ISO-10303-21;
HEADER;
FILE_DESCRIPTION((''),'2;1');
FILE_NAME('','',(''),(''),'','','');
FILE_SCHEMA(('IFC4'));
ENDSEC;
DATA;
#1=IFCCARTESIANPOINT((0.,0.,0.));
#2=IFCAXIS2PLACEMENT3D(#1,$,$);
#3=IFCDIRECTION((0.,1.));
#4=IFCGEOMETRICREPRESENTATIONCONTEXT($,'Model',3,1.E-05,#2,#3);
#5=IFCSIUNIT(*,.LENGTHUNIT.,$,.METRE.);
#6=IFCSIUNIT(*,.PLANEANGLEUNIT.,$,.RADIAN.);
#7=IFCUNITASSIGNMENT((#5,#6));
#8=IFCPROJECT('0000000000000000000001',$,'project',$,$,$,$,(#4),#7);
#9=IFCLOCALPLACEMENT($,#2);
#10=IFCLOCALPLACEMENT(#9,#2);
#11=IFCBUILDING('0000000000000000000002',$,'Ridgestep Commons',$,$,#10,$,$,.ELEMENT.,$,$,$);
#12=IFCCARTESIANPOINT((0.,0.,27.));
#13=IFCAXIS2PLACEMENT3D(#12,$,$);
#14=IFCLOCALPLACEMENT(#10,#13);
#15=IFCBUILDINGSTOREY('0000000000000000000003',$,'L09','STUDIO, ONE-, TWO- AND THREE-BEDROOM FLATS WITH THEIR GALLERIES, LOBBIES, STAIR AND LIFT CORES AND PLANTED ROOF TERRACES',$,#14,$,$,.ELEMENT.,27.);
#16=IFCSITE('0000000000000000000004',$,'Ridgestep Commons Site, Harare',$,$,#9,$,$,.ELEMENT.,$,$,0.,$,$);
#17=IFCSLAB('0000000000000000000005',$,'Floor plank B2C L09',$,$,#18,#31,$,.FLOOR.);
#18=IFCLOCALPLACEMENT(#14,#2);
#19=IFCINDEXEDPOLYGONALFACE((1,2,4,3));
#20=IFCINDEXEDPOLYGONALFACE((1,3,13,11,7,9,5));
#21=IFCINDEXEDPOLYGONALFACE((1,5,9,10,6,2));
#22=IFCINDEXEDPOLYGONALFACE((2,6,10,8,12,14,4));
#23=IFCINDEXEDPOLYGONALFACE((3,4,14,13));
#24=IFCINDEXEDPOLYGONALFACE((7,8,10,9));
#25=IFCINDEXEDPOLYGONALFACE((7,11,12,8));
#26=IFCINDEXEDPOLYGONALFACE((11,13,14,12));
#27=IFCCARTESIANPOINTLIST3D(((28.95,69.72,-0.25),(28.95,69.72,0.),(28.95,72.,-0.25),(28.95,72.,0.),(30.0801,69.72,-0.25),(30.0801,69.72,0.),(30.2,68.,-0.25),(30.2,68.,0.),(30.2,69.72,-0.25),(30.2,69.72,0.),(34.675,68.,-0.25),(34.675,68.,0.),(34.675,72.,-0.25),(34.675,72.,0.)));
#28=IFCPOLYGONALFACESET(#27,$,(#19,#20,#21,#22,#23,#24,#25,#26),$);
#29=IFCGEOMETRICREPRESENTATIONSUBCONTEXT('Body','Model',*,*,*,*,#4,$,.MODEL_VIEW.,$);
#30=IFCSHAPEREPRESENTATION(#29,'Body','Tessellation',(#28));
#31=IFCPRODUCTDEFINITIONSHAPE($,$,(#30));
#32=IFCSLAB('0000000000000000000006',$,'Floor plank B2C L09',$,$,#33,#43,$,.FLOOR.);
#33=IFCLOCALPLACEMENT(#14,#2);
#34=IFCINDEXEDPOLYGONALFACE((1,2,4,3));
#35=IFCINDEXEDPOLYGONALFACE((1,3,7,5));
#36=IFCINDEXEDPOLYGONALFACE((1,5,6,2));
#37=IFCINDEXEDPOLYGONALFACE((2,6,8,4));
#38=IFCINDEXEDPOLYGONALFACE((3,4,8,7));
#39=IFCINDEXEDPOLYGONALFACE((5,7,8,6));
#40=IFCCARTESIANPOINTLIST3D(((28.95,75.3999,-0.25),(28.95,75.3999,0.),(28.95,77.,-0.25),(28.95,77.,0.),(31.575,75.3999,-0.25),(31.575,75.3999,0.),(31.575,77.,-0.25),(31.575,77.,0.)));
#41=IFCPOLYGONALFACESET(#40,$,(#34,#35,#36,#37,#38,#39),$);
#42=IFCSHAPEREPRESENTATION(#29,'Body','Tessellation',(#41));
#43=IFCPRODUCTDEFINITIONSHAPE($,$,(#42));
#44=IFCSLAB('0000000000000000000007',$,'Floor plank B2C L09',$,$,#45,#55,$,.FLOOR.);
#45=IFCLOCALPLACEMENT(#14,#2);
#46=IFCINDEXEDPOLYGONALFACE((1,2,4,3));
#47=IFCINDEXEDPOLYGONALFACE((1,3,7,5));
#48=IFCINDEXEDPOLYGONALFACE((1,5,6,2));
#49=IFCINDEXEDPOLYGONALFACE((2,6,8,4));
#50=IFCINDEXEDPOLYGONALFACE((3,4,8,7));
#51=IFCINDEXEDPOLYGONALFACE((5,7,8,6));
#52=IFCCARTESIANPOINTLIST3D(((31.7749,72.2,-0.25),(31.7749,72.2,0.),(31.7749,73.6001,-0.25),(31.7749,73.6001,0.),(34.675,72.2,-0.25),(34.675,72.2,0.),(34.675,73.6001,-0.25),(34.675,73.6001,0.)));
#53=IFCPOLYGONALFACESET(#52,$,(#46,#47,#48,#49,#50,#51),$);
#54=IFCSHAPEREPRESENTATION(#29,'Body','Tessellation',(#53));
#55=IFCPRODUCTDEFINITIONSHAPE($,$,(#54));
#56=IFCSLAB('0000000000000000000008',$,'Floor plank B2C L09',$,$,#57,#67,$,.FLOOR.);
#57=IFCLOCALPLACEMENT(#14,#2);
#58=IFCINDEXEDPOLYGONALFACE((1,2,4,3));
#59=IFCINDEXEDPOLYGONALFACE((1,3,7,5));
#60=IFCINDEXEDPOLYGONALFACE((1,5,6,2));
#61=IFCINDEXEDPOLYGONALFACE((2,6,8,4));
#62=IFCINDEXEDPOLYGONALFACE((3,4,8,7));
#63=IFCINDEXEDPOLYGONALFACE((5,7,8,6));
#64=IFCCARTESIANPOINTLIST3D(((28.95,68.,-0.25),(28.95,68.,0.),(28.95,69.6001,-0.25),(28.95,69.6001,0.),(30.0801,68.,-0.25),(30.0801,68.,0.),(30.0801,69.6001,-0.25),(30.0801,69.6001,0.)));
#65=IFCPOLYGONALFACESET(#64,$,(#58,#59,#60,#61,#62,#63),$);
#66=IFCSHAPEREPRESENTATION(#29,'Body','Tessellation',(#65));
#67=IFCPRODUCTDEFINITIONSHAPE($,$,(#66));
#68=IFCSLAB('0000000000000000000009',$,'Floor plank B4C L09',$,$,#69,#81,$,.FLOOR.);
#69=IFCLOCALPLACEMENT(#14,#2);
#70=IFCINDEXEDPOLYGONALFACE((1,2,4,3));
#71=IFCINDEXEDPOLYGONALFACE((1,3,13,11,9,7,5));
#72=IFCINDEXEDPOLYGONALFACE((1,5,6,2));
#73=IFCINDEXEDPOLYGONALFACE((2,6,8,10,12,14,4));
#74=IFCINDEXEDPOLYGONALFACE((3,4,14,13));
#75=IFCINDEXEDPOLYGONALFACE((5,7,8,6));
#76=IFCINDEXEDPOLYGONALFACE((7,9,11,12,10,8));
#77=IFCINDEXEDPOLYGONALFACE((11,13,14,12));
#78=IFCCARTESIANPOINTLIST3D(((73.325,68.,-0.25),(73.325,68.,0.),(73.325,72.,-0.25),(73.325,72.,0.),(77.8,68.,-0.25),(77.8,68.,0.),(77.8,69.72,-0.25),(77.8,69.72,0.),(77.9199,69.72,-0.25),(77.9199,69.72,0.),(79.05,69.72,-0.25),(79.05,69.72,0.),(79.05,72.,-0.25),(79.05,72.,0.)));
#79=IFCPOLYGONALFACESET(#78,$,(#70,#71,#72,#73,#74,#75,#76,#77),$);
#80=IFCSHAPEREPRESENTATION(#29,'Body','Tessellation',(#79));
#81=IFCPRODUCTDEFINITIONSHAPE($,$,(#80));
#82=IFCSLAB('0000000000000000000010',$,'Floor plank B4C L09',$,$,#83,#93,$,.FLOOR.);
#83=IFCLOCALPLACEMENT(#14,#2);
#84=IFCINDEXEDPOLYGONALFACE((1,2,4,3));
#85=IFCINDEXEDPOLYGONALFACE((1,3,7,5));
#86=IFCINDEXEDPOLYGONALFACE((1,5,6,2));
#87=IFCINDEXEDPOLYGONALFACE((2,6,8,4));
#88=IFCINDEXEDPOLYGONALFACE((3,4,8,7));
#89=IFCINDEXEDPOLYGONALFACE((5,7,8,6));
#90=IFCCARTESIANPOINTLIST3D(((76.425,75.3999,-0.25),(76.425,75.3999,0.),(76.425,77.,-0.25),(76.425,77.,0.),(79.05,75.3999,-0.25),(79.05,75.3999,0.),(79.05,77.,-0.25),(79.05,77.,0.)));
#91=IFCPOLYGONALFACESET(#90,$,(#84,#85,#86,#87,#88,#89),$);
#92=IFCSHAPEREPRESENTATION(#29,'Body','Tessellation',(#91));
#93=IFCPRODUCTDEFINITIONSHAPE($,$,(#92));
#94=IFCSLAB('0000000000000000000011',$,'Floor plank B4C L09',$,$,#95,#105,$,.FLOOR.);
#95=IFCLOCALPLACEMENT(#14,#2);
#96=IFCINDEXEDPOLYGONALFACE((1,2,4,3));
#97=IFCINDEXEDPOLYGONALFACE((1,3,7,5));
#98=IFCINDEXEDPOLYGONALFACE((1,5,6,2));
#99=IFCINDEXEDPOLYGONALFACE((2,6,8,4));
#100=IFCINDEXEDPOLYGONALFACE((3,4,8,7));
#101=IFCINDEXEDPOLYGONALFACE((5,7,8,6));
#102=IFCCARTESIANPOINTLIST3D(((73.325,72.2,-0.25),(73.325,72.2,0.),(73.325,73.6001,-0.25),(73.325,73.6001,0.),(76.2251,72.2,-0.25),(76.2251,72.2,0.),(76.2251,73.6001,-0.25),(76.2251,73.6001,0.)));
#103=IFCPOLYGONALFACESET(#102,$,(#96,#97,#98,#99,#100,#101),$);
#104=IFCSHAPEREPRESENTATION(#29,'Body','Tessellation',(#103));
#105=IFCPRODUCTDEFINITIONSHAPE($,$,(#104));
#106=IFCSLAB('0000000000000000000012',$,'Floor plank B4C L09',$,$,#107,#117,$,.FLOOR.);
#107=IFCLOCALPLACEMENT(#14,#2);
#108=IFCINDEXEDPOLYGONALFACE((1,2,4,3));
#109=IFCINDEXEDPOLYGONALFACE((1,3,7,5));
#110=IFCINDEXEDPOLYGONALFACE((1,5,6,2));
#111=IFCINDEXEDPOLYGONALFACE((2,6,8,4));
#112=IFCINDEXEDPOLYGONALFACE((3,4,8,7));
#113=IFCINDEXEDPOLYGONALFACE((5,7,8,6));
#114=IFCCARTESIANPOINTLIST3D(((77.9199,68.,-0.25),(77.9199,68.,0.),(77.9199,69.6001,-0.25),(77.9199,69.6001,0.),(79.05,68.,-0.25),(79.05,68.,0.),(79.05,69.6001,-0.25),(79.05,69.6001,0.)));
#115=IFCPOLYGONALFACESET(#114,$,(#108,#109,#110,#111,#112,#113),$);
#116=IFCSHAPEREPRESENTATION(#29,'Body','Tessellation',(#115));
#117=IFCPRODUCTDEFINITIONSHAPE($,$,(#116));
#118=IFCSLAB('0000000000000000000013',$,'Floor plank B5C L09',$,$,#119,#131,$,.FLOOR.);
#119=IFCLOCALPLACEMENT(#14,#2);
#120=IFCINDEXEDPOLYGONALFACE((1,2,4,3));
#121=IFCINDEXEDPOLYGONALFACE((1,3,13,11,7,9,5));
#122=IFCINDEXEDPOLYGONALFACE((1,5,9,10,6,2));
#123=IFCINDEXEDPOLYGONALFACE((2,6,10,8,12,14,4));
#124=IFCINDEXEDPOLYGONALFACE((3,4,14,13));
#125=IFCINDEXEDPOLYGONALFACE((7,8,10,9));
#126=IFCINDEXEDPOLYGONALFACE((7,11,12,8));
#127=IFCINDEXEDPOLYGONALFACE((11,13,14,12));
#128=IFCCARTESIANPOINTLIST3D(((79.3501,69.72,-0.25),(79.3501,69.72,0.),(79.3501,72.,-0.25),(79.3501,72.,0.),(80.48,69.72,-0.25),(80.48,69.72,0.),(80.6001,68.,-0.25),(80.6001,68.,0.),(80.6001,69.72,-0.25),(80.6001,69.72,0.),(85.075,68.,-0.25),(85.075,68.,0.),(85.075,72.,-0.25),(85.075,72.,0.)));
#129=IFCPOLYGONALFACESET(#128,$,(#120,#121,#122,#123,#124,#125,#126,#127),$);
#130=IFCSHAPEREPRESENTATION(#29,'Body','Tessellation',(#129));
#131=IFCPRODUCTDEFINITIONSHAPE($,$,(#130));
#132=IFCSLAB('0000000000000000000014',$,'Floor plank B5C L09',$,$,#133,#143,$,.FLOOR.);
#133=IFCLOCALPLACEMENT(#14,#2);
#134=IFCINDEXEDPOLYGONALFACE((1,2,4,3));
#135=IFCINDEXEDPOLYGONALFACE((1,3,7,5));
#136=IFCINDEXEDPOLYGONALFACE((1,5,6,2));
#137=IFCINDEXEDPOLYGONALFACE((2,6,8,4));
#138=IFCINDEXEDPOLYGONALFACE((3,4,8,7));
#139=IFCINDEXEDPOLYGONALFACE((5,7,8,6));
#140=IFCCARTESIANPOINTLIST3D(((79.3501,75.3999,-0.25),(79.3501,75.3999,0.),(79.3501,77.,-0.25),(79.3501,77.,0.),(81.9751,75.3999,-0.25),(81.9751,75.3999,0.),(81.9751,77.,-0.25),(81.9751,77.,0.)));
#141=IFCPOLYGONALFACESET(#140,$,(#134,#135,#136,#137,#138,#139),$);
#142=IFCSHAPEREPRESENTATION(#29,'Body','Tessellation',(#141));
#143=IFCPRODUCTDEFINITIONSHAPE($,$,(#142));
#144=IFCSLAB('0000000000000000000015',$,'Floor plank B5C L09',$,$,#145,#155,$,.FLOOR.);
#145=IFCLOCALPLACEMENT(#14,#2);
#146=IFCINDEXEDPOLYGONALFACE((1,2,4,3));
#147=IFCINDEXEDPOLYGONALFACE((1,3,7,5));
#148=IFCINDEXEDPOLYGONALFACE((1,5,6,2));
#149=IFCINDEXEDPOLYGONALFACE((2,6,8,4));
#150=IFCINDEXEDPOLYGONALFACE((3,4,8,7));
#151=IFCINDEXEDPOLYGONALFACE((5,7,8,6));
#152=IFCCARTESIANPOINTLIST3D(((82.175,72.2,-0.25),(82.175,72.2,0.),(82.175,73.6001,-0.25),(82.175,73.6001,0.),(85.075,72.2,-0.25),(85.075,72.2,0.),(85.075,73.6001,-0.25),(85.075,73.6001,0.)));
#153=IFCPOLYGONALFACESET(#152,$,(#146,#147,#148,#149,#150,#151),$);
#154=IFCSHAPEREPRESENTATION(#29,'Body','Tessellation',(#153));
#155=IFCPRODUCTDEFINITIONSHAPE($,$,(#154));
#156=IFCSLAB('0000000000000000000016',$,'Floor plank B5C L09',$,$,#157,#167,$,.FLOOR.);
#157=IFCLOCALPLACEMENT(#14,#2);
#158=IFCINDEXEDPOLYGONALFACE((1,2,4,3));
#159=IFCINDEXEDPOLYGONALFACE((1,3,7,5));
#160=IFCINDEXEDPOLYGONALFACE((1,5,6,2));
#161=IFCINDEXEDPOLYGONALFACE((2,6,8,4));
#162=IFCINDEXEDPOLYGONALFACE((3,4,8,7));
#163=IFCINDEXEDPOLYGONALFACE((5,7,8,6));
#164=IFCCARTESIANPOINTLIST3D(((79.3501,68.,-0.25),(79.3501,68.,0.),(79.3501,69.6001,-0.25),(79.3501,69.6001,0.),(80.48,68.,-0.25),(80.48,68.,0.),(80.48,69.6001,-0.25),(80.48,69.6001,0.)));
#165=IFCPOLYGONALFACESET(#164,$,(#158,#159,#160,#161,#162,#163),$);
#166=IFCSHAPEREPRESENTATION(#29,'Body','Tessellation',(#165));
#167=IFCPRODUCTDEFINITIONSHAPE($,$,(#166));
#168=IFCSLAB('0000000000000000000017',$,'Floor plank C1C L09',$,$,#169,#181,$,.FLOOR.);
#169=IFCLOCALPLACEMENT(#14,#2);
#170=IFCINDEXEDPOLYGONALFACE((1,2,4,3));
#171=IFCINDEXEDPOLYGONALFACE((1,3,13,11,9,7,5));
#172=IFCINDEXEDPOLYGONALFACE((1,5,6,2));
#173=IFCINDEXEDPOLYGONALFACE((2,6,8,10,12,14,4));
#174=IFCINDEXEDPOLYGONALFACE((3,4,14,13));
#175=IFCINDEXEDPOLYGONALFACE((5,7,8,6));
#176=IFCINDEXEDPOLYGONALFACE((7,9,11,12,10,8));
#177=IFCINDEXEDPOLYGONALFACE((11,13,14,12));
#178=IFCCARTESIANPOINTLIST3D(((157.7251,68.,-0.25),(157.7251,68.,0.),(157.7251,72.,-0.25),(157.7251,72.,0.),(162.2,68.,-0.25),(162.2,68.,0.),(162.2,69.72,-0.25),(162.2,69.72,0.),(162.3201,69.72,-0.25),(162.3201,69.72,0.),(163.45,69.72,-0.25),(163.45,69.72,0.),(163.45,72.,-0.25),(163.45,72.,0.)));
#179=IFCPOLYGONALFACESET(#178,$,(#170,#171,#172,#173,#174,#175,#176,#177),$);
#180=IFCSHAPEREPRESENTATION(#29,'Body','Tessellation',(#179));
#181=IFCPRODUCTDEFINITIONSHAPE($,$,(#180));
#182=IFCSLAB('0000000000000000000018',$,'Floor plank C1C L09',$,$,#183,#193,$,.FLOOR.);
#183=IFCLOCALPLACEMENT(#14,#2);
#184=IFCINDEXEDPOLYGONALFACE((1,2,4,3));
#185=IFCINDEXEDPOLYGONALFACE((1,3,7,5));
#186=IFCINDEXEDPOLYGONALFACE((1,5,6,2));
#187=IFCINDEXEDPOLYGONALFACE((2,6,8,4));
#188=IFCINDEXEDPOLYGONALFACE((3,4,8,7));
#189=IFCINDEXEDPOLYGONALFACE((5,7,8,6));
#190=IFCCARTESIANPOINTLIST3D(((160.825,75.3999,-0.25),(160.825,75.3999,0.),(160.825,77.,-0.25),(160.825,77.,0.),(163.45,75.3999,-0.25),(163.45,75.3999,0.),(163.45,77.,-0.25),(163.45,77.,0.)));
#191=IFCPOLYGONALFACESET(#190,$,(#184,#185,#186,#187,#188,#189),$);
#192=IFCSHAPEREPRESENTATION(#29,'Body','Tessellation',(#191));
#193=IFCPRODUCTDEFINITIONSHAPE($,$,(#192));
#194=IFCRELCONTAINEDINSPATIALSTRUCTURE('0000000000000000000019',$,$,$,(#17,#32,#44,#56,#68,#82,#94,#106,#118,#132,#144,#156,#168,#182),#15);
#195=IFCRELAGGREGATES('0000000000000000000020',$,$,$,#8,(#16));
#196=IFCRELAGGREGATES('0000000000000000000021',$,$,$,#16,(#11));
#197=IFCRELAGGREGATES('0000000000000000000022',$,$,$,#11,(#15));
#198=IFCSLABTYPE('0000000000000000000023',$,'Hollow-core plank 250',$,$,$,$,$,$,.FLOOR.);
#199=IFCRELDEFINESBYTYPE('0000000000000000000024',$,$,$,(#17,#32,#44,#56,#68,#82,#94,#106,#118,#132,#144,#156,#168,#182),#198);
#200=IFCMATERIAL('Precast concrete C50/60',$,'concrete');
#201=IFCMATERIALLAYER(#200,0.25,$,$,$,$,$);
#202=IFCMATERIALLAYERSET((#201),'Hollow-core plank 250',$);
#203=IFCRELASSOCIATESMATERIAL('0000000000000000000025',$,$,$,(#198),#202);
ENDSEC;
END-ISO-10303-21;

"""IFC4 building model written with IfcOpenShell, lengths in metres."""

from ifc_helpers import new_model, si_unit, direction, frame, origin, place, context, subcontext, project, spatial, polyline, outline, extrude, material, layer, layer_set, type_object, element, save


model = new_model("IFC4")

# Units and contexts
model_context = context("Model", 3, precision=1e-05, world=origin(), true_north=direction((0.0, 1.0)))
body_context = subcontext(model_context, "Body", "Model", "MODEL_VIEW")
ifc_project = project(units=[si_unit("LENGTHUNIT", "METRE"), si_unit("PLANEANGLEUNIT", "RADIAN")], contexts=[model_context])

# Site, building, storey
site_placement = place(None, origin())
site = spatial("IfcSite", under=ifc_project, at=site_placement, Name="Ridgestep Commons Site, Harare", CompositionType="ELEMENT", RefElevation=0.0)
building_placement = place(site_placement, origin())
building = spatial("IfcBuilding", under=site, at=building_placement, Name="Ridgestep Commons", CompositionType="ELEMENT")
storey_placement = place(building_placement, frame((0.0, 0.0, 27.0)))
storey = spatial("IfcBuildingStorey", under=building, at=storey_placement, Name="L09", Description="STUDIO, ONE-, TWO- AND THREE-BEDROOM FLATS WITH THEIR GALLERIES, LOBBIES, STAIR AND LIFT CORES AND PLANTED ROOF TERRACES", CompositionType="ELEMENT", Elevation=27.0)

# Slabs
ifc_material_1 = material(Name="Precast concrete C50/60", Category="concrete")
ifc_layer_1 = layer(ifc_material_1, 0.25)
ifc_layer_set_1 = layer_set([ifc_layer_1], Name="Hollow-core plank 250")
slab_type_1 = type_object("IfcSlabType", Name="Hollow-core plank 250", PredefinedType="FLOOR", material=ifc_layer_set_1)
slab_1_placement = place(storey_placement, frame((0.0, 0.0, -0.25)))
element("IfcSlab", 1, at=slab_1_placement, inside=storey, type_object=slab_type_1, Name="Floor plank B2C L09", PredefinedType="FLOOR", context=body_context, shape_type="SweptSolid", body=[
    extrude(outline(polyline([(30.2, 68.0), (34.675, 68.0), (34.675, 72.0), (28.95, 72.0), (28.95, 69.72), (30.0801, 69.72), (30.2, 69.72), (30.2, 68.0)])), origin(), (0.0, 0.0, 1.0), 0.25),
])
slab_2_placement = place(storey_placement, frame((0.0, 0.0, -0.25)))
element("IfcSlab", 2, at=slab_2_placement, inside=storey, type_object=slab_type_1, Name="Floor plank B2C L09", PredefinedType="FLOOR", context=body_context, shape_type="SweptSolid", body=[
    extrude(outline(polyline([(31.575, 77.0), (28.95, 77.0), (28.95, 75.3999), (31.575, 75.3999), (31.575, 77.0)])), origin(), (0.0, 0.0, 1.0), 0.25),
])
slab_3_placement = place(storey_placement, frame((0.0, 0.0, -0.25)))
element("IfcSlab", 3, at=slab_3_placement, inside=storey, type_object=slab_type_1, Name="Floor plank B2C L09", PredefinedType="FLOOR", context=body_context, shape_type="SweptSolid", body=[
    extrude(outline(polyline([(34.675, 72.2), (34.675, 73.6001), (31.7749, 73.6001), (31.7749, 72.2), (34.675, 72.2)])), origin(), (0.0, 0.0, 1.0), 0.25),
])
slab_4_placement = place(storey_placement, frame((0.0, 0.0, -0.25)))
element("IfcSlab", 4, at=slab_4_placement, inside=storey, type_object=slab_type_1, Name="Floor plank B2C L09", PredefinedType="FLOOR", context=body_context, shape_type="SweptSolid", body=[
    extrude(outline(polyline([(30.0801, 69.6001), (28.95, 69.6001), (28.95, 68.0), (30.0801, 68.0), (30.0801, 69.6001)])), origin(), (0.0, 0.0, 1.0), 0.25),
])
slab_5_placement = place(storey_placement, frame((0.0, 0.0, -0.25)))
element("IfcSlab", 5, at=slab_5_placement, inside=storey, type_object=slab_type_1, Name="Floor plank B4C L09", PredefinedType="FLOOR", context=body_context, shape_type="SweptSolid", body=[
    extrude(outline(polyline([(77.9199, 69.72), (79.05, 69.72), (79.05, 72.0), (73.325, 72.0), (73.325, 68.0), (77.8, 68.0), (77.8, 69.72), (77.9199, 69.72)])), origin(), (0.0, 0.0, 1.0), 0.25),
])
slab_6_placement = place(storey_placement, frame((0.0, 0.0, -0.25)))
element("IfcSlab", 6, at=slab_6_placement, inside=storey, type_object=slab_type_1, Name="Floor plank B4C L09", PredefinedType="FLOOR", context=body_context, shape_type="SweptSolid", body=[
    extrude(outline(polyline([(79.05, 75.3999), (79.05, 77.0), (76.425, 77.0), (76.425, 75.3999), (79.05, 75.3999)])), origin(), (0.0, 0.0, 1.0), 0.25),
])
slab_7_placement = place(storey_placement, frame((0.0, 0.0, -0.25)))
element("IfcSlab", 7, at=slab_7_placement, inside=storey, type_object=slab_type_1, Name="Floor plank B4C L09", PredefinedType="FLOOR", context=body_context, shape_type="SweptSolid", body=[
    extrude(outline(polyline([(76.2251, 72.2), (76.2251, 73.6001), (73.325, 73.6001), (73.325, 72.2), (76.2251, 72.2)])), origin(), (0.0, 0.0, 1.0), 0.25),
])
slab_8_placement = place(storey_placement, frame((0.0, 0.0, -0.25)))
element("IfcSlab", 8, at=slab_8_placement, inside=storey, type_object=slab_type_1, Name="Floor plank B4C L09", PredefinedType="FLOOR", context=body_context, shape_type="SweptSolid", body=[
    extrude(outline(polyline([(77.9199, 68.0), (79.05, 68.0), (79.05, 69.6001), (77.9199, 69.6001), (77.9199, 68.0)])), origin(), (0.0, 0.0, 1.0), 0.25),
])
slab_9_placement = place(storey_placement, frame((0.0, 0.0, -0.25)))
element("IfcSlab", 9, at=slab_9_placement, inside=storey, type_object=slab_type_1, Name="Floor plank B5C L09", PredefinedType="FLOOR", context=body_context, shape_type="SweptSolid", body=[
    extrude(outline(polyline([(80.6001, 68.0), (85.075, 68.0), (85.075, 72.0), (79.3501, 72.0), (79.3501, 69.72), (80.48, 69.72), (80.6001, 69.72), (80.6001, 68.0)])), origin(), (0.0, 0.0, 1.0), 0.25),
])
slab_10_placement = place(storey_placement, frame((0.0, 0.0, -0.25)))
element("IfcSlab", 10, at=slab_10_placement, inside=storey, type_object=slab_type_1, Name="Floor plank B5C L09", PredefinedType="FLOOR", context=body_context, shape_type="SweptSolid", body=[
    extrude(outline(polyline([(81.9751, 77.0), (79.3501, 77.0), (79.3501, 75.3999), (81.9751, 75.3999), (81.9751, 77.0)])), origin(), (0.0, 0.0, 1.0), 0.25),
])
slab_11_placement = place(storey_placement, frame((0.0, 0.0, -0.25)))
element("IfcSlab", 11, at=slab_11_placement, inside=storey, type_object=slab_type_1, Name="Floor plank B5C L09", PredefinedType="FLOOR", context=body_context, shape_type="SweptSolid", body=[
    extrude(outline(polyline([(85.075, 72.2), (85.075, 73.6001), (82.175, 73.6001), (82.175, 72.2), (85.075, 72.2)])), origin(), (0.0, 0.0, 1.0), 0.25),
])
slab_12_placement = place(storey_placement, frame((0.0, 0.0, -0.25)))
element("IfcSlab", 12, at=slab_12_placement, inside=storey, type_object=slab_type_1, Name="Floor plank B5C L09", PredefinedType="FLOOR", context=body_context, shape_type="SweptSolid", body=[
    extrude(outline(polyline([(80.48, 69.6001), (79.3501, 69.6001), (79.3501, 68.0), (80.48, 68.0), (80.48, 69.6001)])), origin(), (0.0, 0.0, 1.0), 0.25),
])
slab_13_placement = place(storey_placement, frame((0.0, 0.0, -0.25)))
element("IfcSlab", 13, at=slab_13_placement, inside=storey, type_object=slab_type_1, Name="Floor plank C1C L09", PredefinedType="FLOOR", context=body_context, shape_type="SweptSolid", body=[
    extrude(outline(polyline([(162.3201, 69.72), (163.45, 69.72), (163.45, 72.0), (157.7251, 72.0), (157.7251, 68.0), (162.2, 68.0), (162.2, 69.72), (162.3201, 69.72)])), origin(), (0.0, 0.0, 1.0), 0.25),
])
slab_14_placement = place(storey_placement, frame((0.0, 0.0, -0.25)))
element("IfcSlab", 14, at=slab_14_placement, inside=storey, type_object=slab_type_1, Name="Floor plank C1C L09", PredefinedType="FLOOR", context=body_context, shape_type="SweptSolid", body=[
    extrude(outline(polyline([(163.45, 75.3999), (163.45, 77.0), (160.825, 77.0), (160.825, 75.3999), (163.45, 75.3999)])), origin(), (0.0, 0.0, 1.0), 0.25),
])

save(model, "model.ifc")
